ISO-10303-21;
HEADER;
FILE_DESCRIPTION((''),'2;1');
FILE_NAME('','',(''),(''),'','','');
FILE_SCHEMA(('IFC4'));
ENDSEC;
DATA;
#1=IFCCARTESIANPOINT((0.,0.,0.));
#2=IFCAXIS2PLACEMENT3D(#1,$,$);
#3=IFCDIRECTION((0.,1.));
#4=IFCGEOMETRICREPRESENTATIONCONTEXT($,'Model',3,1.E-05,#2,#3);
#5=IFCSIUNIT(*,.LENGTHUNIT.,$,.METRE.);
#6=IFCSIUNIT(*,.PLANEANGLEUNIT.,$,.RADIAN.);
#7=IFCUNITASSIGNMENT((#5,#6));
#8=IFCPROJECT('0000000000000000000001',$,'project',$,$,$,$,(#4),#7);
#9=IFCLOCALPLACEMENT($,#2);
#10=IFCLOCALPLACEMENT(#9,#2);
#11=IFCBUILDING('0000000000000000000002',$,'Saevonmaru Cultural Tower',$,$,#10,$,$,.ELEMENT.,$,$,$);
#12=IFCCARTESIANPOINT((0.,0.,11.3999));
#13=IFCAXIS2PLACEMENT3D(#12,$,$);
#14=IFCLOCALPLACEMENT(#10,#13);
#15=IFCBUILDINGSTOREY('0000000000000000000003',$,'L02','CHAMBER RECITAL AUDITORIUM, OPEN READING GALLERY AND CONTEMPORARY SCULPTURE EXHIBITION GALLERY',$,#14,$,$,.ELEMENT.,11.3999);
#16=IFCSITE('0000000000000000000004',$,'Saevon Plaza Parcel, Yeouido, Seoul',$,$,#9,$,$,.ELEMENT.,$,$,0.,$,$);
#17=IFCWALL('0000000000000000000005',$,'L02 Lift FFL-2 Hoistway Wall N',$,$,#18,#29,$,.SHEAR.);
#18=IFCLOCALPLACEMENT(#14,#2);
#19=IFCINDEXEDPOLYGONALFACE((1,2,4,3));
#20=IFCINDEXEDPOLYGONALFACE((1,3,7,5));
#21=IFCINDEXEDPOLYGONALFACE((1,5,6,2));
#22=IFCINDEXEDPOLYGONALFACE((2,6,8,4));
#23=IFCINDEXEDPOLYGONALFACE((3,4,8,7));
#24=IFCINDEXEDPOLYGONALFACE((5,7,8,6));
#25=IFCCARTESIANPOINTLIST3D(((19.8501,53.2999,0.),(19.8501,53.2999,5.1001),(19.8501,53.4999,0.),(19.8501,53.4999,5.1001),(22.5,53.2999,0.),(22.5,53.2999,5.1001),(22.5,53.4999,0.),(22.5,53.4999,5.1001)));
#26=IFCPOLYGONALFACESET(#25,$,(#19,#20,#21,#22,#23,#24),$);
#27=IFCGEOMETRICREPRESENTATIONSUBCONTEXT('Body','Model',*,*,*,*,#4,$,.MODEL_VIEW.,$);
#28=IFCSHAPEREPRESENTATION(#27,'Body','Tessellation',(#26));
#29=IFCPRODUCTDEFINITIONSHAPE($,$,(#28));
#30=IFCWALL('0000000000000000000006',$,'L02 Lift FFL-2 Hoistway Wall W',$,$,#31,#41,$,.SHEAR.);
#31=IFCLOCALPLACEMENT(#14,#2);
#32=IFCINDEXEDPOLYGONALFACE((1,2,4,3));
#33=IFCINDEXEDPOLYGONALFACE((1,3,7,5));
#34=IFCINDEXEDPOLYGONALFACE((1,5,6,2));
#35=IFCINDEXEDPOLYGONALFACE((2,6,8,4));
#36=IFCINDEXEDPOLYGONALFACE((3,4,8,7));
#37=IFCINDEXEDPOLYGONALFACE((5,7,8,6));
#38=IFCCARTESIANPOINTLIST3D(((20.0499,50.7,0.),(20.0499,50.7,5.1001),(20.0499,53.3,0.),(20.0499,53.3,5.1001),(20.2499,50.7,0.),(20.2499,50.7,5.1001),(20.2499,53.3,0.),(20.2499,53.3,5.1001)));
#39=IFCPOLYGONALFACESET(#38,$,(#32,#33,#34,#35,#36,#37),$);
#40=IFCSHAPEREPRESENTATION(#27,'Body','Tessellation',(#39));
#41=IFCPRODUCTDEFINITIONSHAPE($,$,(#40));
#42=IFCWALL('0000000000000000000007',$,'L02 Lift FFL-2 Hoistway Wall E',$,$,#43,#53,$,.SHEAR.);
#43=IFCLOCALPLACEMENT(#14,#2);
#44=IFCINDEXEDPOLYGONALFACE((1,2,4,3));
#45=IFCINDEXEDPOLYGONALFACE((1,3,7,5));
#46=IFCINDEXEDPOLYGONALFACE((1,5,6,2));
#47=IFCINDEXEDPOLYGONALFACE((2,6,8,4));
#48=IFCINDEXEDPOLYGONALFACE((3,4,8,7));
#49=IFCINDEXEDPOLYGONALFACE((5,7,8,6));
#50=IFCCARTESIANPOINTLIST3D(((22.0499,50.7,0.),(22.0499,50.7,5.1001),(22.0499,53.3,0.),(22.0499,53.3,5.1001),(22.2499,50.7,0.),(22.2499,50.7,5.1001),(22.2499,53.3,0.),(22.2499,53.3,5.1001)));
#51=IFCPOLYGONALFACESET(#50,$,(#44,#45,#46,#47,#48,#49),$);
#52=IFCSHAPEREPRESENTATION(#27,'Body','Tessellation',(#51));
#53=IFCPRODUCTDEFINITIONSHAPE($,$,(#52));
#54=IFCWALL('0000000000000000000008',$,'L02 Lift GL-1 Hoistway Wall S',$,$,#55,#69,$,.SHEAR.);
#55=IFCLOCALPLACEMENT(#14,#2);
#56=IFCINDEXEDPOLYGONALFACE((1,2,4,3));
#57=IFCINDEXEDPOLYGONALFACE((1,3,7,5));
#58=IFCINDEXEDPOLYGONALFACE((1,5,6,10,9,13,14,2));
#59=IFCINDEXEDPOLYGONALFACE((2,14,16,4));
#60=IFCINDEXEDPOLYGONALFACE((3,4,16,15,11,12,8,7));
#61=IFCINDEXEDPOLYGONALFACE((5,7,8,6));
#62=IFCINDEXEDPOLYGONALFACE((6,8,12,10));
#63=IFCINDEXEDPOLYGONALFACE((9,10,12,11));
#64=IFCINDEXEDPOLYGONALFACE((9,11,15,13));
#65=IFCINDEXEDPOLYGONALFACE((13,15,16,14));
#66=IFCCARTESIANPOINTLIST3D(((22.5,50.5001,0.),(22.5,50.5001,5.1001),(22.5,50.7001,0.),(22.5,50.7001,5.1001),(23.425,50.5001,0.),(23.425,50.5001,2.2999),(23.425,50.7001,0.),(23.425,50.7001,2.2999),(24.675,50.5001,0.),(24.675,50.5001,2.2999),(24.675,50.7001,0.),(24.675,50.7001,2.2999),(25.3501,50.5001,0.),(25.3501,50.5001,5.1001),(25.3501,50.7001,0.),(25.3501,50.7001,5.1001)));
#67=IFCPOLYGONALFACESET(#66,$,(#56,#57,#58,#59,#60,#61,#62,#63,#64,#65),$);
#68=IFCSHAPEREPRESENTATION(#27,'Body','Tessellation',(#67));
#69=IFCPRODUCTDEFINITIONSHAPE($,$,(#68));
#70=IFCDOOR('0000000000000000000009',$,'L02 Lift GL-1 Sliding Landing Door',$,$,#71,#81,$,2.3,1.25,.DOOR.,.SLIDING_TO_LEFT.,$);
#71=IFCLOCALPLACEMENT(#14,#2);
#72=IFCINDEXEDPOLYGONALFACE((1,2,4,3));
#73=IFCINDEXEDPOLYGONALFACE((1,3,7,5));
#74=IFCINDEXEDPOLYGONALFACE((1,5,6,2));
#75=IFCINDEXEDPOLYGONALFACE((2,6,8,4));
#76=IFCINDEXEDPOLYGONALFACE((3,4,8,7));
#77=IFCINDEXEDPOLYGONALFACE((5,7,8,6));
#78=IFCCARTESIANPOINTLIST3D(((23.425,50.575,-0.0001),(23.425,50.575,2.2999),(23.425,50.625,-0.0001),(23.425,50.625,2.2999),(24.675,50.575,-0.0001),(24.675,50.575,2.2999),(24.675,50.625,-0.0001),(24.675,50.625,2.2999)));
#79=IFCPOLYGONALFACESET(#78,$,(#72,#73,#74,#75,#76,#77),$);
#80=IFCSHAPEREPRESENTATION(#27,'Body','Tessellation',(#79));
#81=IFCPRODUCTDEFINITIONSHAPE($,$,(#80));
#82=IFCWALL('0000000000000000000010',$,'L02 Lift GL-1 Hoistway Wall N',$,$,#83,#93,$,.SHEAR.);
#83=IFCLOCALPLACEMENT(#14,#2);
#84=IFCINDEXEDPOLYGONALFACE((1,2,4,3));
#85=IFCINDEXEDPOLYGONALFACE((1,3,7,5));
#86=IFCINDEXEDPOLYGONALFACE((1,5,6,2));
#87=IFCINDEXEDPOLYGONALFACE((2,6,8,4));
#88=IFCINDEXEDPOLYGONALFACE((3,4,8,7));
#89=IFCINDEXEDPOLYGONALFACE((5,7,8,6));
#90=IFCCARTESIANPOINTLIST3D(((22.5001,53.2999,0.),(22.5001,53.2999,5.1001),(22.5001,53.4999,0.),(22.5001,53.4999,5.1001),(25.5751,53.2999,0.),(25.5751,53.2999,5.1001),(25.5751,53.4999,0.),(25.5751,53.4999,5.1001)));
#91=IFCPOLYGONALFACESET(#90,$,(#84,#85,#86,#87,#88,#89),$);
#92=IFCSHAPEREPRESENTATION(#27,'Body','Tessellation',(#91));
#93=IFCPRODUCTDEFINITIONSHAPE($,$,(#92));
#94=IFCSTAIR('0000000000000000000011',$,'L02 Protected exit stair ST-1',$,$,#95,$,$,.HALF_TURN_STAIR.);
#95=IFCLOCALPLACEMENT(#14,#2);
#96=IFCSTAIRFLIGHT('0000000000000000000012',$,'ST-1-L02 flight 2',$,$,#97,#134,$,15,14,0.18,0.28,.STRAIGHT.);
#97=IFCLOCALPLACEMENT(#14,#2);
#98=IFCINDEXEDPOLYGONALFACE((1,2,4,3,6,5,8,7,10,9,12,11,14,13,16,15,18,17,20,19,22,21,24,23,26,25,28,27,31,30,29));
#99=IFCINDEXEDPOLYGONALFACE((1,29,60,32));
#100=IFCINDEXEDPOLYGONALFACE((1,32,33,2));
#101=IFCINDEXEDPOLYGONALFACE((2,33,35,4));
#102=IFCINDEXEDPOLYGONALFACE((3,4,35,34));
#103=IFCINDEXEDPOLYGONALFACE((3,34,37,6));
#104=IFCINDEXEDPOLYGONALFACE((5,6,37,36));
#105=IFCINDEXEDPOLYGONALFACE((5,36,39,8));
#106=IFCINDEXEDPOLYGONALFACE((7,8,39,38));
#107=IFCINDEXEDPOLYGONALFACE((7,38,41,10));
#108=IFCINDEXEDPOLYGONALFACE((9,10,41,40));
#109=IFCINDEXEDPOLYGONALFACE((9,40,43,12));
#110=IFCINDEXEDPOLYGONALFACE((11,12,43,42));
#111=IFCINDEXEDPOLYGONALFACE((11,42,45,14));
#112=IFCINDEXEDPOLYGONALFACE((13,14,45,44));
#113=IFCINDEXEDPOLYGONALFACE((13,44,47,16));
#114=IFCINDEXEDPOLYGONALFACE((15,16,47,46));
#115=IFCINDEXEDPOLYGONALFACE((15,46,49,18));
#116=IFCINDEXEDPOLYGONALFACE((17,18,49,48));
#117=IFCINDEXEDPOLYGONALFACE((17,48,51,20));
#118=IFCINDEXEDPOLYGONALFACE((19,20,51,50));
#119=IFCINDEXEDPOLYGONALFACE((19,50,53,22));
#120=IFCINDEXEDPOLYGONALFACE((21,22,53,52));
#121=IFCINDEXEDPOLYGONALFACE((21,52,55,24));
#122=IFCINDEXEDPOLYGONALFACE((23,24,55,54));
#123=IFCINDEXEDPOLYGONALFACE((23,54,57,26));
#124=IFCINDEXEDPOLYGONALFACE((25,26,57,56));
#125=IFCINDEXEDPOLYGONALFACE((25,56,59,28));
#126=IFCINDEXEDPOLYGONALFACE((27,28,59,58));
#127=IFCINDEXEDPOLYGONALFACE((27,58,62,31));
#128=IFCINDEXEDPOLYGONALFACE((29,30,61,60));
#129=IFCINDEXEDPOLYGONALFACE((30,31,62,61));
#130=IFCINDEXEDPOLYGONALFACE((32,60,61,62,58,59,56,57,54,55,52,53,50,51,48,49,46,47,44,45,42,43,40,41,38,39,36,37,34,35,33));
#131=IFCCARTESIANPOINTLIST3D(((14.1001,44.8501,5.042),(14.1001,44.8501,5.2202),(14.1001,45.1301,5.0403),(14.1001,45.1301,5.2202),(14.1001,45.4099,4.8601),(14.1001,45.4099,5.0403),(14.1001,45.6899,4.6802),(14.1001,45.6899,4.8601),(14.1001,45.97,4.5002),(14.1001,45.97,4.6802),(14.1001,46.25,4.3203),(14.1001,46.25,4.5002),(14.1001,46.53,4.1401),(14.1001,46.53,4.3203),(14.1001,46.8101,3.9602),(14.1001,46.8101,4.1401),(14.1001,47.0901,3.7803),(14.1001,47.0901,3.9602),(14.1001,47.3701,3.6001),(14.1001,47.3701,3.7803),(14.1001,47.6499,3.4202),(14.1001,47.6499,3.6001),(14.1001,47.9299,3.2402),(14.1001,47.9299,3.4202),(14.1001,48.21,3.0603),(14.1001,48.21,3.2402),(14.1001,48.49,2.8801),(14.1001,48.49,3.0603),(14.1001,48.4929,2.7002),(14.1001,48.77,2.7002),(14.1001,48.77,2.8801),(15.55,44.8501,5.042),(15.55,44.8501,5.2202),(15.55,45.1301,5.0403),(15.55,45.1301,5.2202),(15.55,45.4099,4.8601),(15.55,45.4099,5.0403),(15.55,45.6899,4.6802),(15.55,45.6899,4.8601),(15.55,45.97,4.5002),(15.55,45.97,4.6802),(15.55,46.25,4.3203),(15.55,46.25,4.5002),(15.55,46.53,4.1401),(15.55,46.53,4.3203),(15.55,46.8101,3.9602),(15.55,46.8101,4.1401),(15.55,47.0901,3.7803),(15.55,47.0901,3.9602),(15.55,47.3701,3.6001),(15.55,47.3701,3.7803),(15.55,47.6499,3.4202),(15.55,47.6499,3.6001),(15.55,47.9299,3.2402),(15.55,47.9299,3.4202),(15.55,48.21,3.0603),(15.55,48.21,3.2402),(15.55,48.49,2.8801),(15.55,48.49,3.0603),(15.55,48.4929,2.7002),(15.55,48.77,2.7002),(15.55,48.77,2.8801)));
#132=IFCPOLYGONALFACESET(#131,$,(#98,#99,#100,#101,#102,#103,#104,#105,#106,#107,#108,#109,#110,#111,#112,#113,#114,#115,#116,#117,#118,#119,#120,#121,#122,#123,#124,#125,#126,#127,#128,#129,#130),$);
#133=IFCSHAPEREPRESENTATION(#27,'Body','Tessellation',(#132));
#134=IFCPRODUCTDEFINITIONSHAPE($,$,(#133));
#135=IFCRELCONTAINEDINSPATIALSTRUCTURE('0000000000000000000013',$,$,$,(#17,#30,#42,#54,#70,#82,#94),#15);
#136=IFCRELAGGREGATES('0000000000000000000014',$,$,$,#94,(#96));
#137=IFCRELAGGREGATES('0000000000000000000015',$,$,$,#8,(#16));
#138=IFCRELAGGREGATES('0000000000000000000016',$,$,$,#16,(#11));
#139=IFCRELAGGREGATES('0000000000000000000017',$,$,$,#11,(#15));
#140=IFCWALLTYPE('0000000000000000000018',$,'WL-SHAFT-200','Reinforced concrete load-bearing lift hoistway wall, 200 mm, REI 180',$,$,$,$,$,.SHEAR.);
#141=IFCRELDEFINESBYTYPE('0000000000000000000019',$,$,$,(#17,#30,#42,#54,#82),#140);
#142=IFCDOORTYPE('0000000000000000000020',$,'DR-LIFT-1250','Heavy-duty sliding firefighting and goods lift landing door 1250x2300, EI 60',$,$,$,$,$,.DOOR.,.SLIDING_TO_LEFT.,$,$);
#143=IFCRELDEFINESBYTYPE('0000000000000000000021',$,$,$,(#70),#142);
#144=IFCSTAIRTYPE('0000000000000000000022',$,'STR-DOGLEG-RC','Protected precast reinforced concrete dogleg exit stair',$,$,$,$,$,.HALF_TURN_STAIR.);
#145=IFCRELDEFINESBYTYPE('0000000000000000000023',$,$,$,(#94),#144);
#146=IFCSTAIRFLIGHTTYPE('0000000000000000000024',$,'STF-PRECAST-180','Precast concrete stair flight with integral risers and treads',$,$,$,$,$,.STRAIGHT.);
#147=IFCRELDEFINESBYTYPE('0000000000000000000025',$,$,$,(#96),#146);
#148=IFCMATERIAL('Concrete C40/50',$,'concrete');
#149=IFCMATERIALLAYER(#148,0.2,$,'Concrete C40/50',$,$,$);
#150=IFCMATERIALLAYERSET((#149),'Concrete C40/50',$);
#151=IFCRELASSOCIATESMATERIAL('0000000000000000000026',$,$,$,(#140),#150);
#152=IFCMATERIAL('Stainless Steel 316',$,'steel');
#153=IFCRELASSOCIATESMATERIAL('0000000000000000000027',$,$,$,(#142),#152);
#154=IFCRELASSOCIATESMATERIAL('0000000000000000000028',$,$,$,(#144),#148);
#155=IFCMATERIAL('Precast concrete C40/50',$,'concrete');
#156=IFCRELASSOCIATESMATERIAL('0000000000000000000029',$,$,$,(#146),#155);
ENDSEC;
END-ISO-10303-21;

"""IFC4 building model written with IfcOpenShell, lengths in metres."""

from ifc_helpers import new_model, si_unit, direction, frame, frame_2d, origin, place, context, subcontext, project, spatial, polyline, rectangle, outline, extrude, material, layer, layer_set, type_object, element, fill, aggregate, save


model = new_model("IFC4")

# Units and contexts
model_context = context("Model", 3, precision=1e-05, world=origin(), true_north=direction((0.0, 1.0)))
body_context = subcontext(model_context, "Body", "Model", "MODEL_VIEW")
ifc_project = project(units=[si_unit("LENGTHUNIT", "METRE"), si_unit("PLANEANGLEUNIT", "RADIAN")], contexts=[model_context])

# Site, building, storey
site_placement = place(None, origin())
site = spatial("IfcSite", under=ifc_project, at=site_placement, Name="Saevon Plaza Parcel, Yeouido, Seoul", CompositionType="ELEMENT", RefElevation=0.0)
building_placement = place(site_placement, origin())
building = spatial("IfcBuilding", under=site, at=building_placement, Name="Saevonmaru Cultural Tower", CompositionType="ELEMENT")
storey_placement = place(building_placement, frame((0.0, 0.0, 11.3999)))
storey = spatial("IfcBuildingStorey", under=building, at=storey_placement, Name="L02", Description="CHAMBER RECITAL AUDITORIUM, OPEN READING GALLERY AND CONTEMPORARY SCULPTURE EXHIBITION GALLERY", CompositionType="ELEMENT", Elevation=11.3999)

# Shared definitions
ifc_material_1 = material(Name="Concrete C40/50", Category="concrete")
ifc_layer_1 = layer(ifc_material_1, 0.2, Name="Concrete C40/50")
ifc_layer_set_1 = layer_set([ifc_layer_1], Name="Concrete C40/50")
wall_type_1 = type_object("IfcWallType", Name="WL-SHAFT-200", Description="Reinforced concrete load-bearing lift hoistway wall, 200 mm, REI 180", PredefinedType="SHEAR", material=ifc_layer_set_1)
ifc_material_2 = material(Name="Stainless Steel 316", Category="steel")
door_type_1 = type_object("IfcDoorType", Name="DR-LIFT-1250", Description="Heavy-duty sliding firefighting and goods lift landing door 1250x2300, EI 60", OperationType="SLIDING_TO_LEFT", PredefinedType="DOOR", material=ifc_material_2)

# Walls
wall_1_placement = place(storey_placement, frame((19.8501, 53.3999, 0.0), z_axis=(0.0, 0.0, 1.0), x_axis=(1.0, 0.0, 0.0)))
element("IfcWall", 1, at=wall_1_placement, inside=storey, type_object=wall_type_1, Name="L02 Lift FFL-2 Hoistway Wall N", PredefinedType="SHEAR", context=body_context, shape_type="SweptSolid", body=[
    extrude(rectangle(XDim=2.6499, YDim=0.2, at=frame_2d((1.325, 0.0))), origin(), (0.0, 0.0, 1.0), 5.1001),
])
for number, where, z_axis, x_axis, name in (
    (2, (20.1499, 50.7, 0.0), (0.0, 0.0, 1.0), (0.0, 1.0, 0.0), "L02 Lift FFL-2 Hoistway Wall W"),
    (3, (22.1499, 50.7, 0.0), (0.0, 0.0, 1.0), (0.0, 1.0, 0.0), "L02 Lift FFL-2 Hoistway Wall E"),
):
    element("IfcWall", number, at=place(storey_placement, frame(where, z_axis=z_axis, x_axis=x_axis)), inside=storey, type_object=wall_type_1, Name=name, PredefinedType="SHEAR", context=body_context, shape_type="SweptSolid", body=[
        extrude(rectangle(XDim=2.6001, YDim=0.2, at=frame_2d((1.3, 0.0))), origin(), (0.0, 0.0, 1.0), 5.1001),
    ])

# Wall, opening, door
wall_2_placement = place(storey_placement, frame((22.5, 50.6001, 0.0), z_axis=(0.0, 0.0, 1.0), x_axis=(1.0, 0.0, 0.0)))
wall_2 = element("IfcWall", 4, at=wall_2_placement, inside=storey, type_object=wall_type_1, Name="L02 Lift GL-1 Hoistway Wall S", PredefinedType="SHEAR", context=body_context, shape_type="SweptSolid", body=[
    extrude(rectangle(XDim=2.8501, YDim=0.2, at=frame_2d((1.425, 0.0))), origin(), (0.0, 0.0, 1.0), 5.1001),
])
opening_1_placement = place(wall_2_placement, frame((0.925, 0.0, 0.0)))
opening_1 = element("IfcOpeningElement", 5, at=opening_1_placement, cuts=wall_2, PredefinedType="OPENING", context=body_context, shape_type="SweptSolid", body=[
    extrude(rectangle(XDim=1.25, YDim=2.3, at=frame_2d((0.625, 1.1499))), frame((0.0, 0.1099, 0.0), z_axis=(0.0, -1.0, 0.0), x_axis=(1.0, 0.0, 0.0)), (0.0, 0.0, 1.0), 0.22),
])
door_1_placement = place(opening_1_placement, origin())
door_1 = element("IfcDoor", 6, at=door_1_placement, inside=storey, type_object=door_type_1, Name="L02 Lift GL-1 Sliding Landing Door", OperationType="SLIDING_TO_LEFT", OverallHeight=2.3, OverallWidth=1.25, PredefinedType="DOOR", context=body_context, shape_type="SweptSolid", body=[
    extrude(rectangle(XDim=1.25, YDim=2.3, at=frame_2d((0.625, 1.1499))), frame((0.0, 0.0249, 0.0), z_axis=(0.0, -1.0, 0.0), x_axis=(1.0, 0.0, 0.0)), (0.0, 0.0, 1.0), 0.05),
])
fill(opening_1, door_1)

# Wall
wall_3_placement = place(storey_placement, frame((22.5, 53.3999, 0.0), z_axis=(0.0, 0.0, 1.0), x_axis=(1.0, 0.0, 0.0)))
element("IfcWall", 7, at=wall_3_placement, inside=storey, type_object=wall_type_1, Name="L02 Lift GL-1 Hoistway Wall N", PredefinedType="SHEAR", context=body_context, shape_type="SweptSolid", body=[
    extrude(rectangle(XDim=3.075, YDim=0.2, at=frame_2d((1.5376, 0.0))), origin(), (0.0, 0.0, 1.0), 5.1001),
])

# Stair, stair flight
stair_type = type_object("IfcStairType", Name="STR-DOGLEG-RC", Description="Protected precast reinforced concrete dogleg exit stair", PredefinedType="HALF_TURN_STAIR", material=ifc_material_1)
stair_placement = place(storey_placement, origin())
stair = element("IfcStair", 8, at=stair_placement, inside=storey, type_object=stair_type, Name="L02 Protected exit stair ST-1", PredefinedType="HALF_TURN_STAIR")
ifc_material_3 = material(Name="Precast concrete C40/50", Category="concrete")
stair_flight_type = type_object("IfcStairFlightType", Name="STF-PRECAST-180", Description="Precast concrete stair flight with integral risers and treads", PredefinedType="STRAIGHT", material=ifc_material_3)
stair_flight_placement = place(storey_placement, frame((14.825, 48.77, 2.7002), z_axis=(0.0, 0.0, 1.0), x_axis=(0.0, -1.0, 0.0)))
stair_flight = element("IfcStairFlight", 9, at=stair_flight_placement, type_object=stair_flight_type, Name="ST-1-L02 flight 2", NumberOfRisers=15, NumberOfTreads=14, PredefinedType="STRAIGHT", RiserHeight=0.18, TreadLength=0.28, context=body_context, shape_type="SweptSolid", body=[
    extrude(outline(polyline([(0.0, 0.0), (0.0, 0.1799), (0.28, 0.1799), (0.28, 0.3601), (0.5601, 0.3601), (0.5601, 0.54), (0.8401, 0.54), (0.8401, 0.72), (1.1201, 0.72), (1.1201, 0.8999), (1.3999, 0.8999), (1.3999, 1.0801), (1.6799, 1.0801), (1.6799, 1.26), (1.96, 1.26), (1.96, 1.4399), (2.24, 1.4399), (2.24, 1.6201), (2.52, 1.6201), (2.52, 1.8), (2.8, 1.8), (2.8, 1.98), (3.0801, 1.98), (3.0801, 2.1599), (3.3601, 2.1599), (3.3601, 2.3401), (3.6399, 2.3401), (3.6399, 2.52), (3.9199, 2.52), (3.9199, 2.7), (3.9199, 2.3418), (0.2771, 0.0), (0.0, 0.0)])), frame((0.0, 0.7251, 0.0), z_axis=(0.0, -1.0, 0.0), x_axis=(1.0, 0.0, 0.0)), (0.0, 0.0, 1.0), 1.45),
])
aggregate(stair, [stair_flight])

save(model, "model.ifc")
